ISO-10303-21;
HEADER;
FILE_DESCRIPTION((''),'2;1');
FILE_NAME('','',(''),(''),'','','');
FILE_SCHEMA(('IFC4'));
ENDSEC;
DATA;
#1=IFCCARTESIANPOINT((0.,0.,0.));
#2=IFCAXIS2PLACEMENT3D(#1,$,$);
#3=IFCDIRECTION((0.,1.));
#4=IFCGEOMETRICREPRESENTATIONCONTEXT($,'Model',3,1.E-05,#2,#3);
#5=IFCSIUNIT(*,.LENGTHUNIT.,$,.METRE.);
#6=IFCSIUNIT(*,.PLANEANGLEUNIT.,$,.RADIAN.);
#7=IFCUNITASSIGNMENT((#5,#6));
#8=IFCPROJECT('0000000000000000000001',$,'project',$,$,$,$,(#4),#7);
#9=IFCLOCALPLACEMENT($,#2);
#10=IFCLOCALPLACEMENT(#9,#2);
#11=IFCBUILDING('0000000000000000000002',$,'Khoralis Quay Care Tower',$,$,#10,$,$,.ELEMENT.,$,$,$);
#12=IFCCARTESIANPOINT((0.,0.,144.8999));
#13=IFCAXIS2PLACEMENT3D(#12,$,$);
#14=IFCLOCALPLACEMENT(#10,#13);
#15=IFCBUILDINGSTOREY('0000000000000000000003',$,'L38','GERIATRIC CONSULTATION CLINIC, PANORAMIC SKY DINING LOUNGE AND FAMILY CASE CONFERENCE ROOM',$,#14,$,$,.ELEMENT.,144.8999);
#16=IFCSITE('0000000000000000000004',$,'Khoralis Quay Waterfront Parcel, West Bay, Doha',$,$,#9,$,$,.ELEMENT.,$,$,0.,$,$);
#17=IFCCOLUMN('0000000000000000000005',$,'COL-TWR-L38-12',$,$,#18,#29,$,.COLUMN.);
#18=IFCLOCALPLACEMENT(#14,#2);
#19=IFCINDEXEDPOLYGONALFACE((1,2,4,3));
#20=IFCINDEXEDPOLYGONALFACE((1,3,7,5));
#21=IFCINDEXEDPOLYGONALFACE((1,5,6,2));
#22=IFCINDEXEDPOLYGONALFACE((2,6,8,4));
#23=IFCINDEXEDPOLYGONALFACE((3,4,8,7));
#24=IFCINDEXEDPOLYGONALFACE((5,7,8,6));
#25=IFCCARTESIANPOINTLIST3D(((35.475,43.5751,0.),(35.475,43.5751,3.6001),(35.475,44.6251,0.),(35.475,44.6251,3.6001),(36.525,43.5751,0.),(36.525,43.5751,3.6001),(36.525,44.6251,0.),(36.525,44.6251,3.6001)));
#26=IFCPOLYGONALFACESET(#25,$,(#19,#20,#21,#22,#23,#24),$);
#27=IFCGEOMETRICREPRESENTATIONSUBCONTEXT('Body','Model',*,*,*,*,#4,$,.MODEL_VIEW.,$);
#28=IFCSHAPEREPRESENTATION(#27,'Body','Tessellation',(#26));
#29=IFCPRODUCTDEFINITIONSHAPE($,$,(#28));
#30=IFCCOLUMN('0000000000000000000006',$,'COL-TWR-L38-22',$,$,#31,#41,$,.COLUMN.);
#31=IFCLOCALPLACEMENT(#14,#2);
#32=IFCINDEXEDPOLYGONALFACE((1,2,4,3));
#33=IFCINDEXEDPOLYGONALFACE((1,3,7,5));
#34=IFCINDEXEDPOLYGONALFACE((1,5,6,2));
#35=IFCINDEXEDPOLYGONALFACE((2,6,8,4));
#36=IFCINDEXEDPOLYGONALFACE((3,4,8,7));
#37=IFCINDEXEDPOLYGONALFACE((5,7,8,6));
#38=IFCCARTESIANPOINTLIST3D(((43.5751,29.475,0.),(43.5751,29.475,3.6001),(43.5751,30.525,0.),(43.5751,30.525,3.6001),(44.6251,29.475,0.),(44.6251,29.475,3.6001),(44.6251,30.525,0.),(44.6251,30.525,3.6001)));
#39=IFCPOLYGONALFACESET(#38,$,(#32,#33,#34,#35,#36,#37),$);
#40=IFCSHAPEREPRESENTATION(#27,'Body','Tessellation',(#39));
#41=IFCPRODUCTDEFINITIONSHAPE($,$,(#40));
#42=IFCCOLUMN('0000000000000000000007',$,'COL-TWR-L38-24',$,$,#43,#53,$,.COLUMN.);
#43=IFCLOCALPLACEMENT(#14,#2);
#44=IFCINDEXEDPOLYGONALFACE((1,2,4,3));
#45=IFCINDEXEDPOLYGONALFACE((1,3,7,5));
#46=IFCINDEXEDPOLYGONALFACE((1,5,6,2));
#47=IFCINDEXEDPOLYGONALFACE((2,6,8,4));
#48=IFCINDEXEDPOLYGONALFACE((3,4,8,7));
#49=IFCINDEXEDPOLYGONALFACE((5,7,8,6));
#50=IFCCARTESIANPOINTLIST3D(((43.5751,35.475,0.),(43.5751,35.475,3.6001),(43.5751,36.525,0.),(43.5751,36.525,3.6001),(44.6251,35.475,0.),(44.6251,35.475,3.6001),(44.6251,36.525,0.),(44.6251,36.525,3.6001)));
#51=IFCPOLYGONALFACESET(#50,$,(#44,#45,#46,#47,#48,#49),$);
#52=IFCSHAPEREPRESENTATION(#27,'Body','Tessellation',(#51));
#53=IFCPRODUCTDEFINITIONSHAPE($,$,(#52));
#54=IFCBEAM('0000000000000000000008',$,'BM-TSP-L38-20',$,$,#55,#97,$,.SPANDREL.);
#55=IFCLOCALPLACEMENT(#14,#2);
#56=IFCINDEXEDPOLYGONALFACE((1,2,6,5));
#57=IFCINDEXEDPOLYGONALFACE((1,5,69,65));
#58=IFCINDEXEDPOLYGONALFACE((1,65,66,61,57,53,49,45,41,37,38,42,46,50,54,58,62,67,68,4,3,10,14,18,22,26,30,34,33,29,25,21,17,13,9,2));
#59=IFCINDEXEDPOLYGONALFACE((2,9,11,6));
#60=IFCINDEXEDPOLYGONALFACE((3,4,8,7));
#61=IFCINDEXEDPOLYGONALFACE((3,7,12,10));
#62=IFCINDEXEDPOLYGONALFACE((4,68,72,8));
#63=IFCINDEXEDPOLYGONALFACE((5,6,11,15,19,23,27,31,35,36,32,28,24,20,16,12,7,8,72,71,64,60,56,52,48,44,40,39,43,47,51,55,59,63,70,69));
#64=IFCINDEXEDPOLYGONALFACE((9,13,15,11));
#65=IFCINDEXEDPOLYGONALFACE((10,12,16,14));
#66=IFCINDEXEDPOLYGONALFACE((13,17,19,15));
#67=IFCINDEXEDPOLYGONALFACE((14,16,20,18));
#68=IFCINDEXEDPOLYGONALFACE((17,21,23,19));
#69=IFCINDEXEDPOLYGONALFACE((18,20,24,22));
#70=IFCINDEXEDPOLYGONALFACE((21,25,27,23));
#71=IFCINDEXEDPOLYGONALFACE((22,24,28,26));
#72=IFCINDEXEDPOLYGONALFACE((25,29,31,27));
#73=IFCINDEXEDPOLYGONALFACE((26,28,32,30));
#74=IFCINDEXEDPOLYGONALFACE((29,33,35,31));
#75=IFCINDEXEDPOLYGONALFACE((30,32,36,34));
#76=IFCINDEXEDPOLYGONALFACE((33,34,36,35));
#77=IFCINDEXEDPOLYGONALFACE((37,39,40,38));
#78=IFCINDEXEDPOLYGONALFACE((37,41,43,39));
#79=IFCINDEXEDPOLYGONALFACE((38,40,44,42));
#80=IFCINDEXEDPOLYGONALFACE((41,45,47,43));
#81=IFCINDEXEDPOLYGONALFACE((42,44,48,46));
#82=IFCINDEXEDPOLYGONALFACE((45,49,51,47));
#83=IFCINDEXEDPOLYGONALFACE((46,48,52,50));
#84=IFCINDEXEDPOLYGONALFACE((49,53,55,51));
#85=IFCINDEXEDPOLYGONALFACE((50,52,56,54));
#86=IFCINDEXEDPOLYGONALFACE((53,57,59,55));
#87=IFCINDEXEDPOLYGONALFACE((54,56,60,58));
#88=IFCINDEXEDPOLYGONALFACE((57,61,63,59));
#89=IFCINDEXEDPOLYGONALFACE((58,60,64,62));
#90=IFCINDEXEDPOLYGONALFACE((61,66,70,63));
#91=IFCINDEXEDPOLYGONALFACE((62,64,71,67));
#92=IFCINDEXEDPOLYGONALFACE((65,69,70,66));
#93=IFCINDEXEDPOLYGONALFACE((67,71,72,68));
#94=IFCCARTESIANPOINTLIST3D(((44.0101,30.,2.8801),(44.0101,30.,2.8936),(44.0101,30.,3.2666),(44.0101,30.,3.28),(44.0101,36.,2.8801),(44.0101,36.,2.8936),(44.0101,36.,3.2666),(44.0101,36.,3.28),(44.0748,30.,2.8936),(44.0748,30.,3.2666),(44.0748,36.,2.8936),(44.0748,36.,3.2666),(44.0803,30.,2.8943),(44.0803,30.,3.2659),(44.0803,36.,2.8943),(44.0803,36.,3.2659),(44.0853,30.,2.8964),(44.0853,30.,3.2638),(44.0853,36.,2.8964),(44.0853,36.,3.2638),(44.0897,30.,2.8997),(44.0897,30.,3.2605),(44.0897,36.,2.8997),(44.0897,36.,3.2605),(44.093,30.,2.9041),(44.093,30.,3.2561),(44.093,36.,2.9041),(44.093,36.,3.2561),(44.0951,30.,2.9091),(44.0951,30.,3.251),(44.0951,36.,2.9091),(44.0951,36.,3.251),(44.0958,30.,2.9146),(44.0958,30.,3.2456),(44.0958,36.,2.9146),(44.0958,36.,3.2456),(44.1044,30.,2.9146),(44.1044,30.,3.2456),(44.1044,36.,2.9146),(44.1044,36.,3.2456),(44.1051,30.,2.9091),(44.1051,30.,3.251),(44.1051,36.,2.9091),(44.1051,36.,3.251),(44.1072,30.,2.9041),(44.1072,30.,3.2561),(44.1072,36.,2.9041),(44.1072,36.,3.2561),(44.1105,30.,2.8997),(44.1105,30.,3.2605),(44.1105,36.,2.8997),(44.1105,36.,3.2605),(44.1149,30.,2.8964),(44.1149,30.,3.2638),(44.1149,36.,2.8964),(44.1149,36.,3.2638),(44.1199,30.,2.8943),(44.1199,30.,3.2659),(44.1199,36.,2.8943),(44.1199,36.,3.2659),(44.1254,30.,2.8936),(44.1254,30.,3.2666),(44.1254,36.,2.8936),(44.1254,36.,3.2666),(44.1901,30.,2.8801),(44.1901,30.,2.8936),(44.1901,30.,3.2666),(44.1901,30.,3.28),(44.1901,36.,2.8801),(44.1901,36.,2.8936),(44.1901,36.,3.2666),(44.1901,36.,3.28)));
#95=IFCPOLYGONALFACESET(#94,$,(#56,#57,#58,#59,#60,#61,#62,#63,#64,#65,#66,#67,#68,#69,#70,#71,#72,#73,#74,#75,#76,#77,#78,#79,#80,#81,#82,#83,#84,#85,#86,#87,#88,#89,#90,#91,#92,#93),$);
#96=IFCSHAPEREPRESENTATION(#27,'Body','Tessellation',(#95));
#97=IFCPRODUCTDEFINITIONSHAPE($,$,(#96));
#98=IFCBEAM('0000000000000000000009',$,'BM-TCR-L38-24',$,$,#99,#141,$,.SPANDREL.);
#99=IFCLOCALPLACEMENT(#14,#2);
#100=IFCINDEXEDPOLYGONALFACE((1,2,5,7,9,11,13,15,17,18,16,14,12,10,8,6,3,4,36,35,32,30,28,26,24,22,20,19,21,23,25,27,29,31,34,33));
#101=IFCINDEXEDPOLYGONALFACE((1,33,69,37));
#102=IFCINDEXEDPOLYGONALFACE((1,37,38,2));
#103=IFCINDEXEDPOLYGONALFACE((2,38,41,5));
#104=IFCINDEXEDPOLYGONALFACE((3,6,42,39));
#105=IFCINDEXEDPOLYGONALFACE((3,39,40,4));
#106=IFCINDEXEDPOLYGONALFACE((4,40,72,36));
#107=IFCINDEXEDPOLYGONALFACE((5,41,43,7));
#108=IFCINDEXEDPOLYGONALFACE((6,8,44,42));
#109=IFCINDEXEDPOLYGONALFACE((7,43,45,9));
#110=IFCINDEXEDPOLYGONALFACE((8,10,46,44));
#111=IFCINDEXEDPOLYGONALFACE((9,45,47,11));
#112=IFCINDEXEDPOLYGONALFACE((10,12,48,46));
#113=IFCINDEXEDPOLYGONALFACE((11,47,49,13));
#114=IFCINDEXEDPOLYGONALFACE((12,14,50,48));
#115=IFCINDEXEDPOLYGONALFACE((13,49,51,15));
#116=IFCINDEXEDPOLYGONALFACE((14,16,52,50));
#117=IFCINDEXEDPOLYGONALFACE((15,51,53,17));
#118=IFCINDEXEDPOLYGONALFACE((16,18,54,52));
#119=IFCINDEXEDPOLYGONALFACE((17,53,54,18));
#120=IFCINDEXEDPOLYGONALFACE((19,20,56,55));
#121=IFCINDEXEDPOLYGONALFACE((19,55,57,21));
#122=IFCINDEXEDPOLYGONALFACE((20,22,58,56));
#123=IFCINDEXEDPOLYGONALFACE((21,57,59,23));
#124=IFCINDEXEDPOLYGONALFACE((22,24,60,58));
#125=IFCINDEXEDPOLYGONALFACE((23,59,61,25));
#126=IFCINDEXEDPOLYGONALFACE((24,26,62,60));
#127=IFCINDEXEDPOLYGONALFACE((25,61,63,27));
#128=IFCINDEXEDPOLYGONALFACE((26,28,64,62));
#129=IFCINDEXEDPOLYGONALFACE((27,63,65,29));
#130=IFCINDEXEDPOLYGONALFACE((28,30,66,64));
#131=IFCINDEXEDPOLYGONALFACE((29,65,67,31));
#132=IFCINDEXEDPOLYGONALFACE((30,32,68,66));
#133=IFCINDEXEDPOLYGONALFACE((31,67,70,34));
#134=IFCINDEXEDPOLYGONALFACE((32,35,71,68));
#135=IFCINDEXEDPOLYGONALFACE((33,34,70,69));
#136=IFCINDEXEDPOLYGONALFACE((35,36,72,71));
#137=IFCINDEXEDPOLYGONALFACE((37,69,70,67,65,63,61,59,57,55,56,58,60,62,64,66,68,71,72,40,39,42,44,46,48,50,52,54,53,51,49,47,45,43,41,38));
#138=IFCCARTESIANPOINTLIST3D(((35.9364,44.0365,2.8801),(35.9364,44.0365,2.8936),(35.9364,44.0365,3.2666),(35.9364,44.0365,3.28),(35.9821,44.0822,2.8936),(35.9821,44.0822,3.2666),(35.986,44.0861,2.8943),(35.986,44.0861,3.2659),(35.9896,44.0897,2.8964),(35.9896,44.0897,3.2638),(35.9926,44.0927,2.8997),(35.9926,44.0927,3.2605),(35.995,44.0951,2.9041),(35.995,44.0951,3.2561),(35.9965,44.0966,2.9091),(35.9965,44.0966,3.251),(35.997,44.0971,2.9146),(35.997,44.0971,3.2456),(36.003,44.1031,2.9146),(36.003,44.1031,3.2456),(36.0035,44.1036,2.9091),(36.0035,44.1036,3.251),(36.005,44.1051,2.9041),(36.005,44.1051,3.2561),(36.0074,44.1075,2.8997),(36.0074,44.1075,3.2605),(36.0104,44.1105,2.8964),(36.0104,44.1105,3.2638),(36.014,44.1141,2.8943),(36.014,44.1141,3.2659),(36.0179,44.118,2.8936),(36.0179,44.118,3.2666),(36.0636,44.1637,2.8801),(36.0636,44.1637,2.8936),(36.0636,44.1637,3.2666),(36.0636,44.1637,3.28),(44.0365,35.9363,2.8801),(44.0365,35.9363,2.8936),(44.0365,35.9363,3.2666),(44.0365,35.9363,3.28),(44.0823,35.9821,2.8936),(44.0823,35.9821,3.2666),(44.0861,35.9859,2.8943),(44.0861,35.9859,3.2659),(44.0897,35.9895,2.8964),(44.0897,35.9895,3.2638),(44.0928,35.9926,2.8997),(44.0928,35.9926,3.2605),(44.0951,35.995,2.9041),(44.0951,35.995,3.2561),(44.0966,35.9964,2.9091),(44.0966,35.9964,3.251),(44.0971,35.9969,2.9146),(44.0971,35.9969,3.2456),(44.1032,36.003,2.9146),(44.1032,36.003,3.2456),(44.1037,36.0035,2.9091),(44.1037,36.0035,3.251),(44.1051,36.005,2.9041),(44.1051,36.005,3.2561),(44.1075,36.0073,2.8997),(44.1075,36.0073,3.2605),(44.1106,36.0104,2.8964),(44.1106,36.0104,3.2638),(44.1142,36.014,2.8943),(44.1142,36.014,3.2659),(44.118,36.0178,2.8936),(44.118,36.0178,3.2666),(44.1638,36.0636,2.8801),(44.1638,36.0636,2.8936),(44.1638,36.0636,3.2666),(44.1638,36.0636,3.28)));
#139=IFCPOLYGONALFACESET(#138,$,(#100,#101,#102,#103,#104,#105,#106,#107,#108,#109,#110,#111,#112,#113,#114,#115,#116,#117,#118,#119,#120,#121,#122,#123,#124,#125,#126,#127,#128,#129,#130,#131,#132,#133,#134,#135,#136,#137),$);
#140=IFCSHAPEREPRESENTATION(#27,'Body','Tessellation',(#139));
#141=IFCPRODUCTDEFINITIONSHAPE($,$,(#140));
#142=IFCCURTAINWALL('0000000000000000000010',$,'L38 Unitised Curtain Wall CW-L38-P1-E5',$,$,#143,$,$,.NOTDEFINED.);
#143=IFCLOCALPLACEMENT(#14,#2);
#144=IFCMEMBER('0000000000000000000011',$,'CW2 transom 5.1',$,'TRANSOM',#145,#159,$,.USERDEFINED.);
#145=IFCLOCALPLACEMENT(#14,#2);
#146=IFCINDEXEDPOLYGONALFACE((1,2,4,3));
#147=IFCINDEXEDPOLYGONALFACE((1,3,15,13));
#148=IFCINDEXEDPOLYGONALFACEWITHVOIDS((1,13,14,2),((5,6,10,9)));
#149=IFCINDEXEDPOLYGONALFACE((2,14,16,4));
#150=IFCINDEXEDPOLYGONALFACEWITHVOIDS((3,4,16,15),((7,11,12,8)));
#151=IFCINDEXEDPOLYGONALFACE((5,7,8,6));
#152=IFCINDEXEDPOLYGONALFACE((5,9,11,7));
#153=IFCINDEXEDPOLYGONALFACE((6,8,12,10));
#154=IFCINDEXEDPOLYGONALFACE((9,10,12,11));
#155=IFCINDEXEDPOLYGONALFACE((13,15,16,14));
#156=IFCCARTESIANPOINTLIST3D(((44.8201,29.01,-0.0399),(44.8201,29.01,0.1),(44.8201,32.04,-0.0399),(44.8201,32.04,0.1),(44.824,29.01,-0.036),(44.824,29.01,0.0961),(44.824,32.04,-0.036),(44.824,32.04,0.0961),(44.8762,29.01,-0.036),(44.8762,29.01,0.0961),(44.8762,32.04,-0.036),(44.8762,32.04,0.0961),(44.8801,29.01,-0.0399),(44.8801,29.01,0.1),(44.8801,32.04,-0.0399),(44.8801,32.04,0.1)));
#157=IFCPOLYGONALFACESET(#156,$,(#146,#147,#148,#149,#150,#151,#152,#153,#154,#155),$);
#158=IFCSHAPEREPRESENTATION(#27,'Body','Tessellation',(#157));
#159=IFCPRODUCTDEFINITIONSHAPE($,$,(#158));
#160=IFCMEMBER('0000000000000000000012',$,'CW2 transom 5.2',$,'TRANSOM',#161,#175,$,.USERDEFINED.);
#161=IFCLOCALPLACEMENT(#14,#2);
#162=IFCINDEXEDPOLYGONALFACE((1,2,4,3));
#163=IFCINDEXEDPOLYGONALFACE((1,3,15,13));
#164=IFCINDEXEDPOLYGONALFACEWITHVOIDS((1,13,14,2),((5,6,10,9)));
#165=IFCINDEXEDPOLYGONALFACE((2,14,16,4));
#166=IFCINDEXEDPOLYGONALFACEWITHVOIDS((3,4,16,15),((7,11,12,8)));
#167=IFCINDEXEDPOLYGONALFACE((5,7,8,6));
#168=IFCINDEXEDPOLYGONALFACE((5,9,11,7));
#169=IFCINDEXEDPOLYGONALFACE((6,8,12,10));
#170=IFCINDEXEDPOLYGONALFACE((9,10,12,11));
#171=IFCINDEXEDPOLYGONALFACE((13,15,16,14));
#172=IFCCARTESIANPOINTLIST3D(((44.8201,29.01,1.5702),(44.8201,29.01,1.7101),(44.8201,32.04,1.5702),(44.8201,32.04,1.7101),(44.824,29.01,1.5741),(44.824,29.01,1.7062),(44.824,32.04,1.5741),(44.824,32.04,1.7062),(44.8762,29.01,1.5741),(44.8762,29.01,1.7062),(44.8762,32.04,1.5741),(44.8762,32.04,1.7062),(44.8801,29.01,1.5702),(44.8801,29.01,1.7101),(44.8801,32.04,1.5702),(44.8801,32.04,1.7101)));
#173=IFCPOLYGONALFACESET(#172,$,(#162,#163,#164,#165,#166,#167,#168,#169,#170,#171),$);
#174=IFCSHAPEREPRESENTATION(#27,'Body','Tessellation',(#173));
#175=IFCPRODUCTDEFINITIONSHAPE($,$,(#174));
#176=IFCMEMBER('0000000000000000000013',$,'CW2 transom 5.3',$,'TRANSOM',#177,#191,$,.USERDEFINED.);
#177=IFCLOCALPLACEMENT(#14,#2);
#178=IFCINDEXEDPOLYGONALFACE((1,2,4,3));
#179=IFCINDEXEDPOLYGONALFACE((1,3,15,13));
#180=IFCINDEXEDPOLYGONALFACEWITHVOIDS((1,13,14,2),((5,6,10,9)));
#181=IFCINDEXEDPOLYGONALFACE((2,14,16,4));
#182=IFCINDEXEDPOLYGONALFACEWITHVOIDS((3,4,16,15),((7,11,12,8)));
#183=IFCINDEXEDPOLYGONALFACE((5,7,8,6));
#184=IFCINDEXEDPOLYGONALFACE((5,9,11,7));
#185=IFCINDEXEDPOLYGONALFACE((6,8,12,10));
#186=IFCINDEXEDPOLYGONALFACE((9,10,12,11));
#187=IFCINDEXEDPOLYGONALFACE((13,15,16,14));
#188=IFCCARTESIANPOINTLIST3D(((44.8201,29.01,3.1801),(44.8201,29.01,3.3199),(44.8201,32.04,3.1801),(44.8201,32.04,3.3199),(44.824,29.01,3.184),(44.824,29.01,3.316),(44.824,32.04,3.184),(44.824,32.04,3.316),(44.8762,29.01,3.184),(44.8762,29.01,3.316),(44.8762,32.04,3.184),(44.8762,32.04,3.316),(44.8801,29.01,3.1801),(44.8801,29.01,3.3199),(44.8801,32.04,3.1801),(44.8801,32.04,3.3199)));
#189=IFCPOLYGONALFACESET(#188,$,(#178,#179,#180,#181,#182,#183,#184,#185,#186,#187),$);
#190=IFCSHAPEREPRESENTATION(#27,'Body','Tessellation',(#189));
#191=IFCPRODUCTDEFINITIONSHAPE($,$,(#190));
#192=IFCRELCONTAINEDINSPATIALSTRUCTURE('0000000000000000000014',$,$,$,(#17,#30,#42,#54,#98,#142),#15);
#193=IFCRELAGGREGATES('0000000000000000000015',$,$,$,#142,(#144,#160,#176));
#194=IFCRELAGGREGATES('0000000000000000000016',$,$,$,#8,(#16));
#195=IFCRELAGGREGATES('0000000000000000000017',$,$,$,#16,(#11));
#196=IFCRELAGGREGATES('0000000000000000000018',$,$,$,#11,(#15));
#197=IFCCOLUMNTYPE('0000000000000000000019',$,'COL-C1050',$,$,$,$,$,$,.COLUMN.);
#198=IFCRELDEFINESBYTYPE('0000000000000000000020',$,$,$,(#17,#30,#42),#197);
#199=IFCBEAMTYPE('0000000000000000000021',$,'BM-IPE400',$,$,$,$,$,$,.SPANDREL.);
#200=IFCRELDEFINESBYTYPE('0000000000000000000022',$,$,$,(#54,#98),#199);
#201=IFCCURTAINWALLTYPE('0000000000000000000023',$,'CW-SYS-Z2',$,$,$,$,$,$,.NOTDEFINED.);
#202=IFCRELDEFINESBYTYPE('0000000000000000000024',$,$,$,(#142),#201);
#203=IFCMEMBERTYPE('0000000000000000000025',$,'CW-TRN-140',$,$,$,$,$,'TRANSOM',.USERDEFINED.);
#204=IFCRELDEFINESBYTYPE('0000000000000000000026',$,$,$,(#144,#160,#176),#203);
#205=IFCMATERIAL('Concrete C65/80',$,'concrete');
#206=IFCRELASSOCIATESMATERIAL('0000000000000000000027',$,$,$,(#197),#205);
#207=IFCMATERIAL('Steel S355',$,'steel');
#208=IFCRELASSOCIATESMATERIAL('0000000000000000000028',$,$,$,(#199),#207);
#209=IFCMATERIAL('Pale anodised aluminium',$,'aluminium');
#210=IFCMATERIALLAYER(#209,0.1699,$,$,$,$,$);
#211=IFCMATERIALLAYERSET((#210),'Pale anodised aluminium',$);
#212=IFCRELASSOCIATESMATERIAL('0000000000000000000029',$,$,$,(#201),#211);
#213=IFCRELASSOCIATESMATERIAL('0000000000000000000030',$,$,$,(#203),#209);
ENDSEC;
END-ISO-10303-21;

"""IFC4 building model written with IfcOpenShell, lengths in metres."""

from ifc_helpers import new_model, si_unit, direction, frame, origin, origin_2d, place, context, subcontext, project, spatial, rectangle, hollow_rectangle, i_section, extrude, source, transform, mapped, material, layer, layer_set, material_profile, profile_set, type_object, element, aggregate, save


model = new_model("IFC4")

# Units and contexts
model_context = context("Model", 3, precision=1e-05, world=origin(), true_north=direction((0.0, 1.0)))
body_context = subcontext(model_context, "Body", "Model", "MODEL_VIEW")
ifc_project = project(units=[si_unit("LENGTHUNIT", "METRE"), si_unit("PLANEANGLEUNIT", "RADIAN")], contexts=[model_context])

# Site, building, storey
site_placement = place(None, origin())
site = spatial("IfcSite", under=ifc_project, at=site_placement, Name="Khoralis Quay Waterfront Parcel, West Bay, Doha", CompositionType="ELEMENT", RefElevation=0.0)
building_placement = place(site_placement, origin())
building = spatial("IfcBuilding", under=site, at=building_placement, Name="Khoralis Quay Care Tower", CompositionType="ELEMENT")
storey_placement = place(building_placement, frame((0.0, 0.0, 144.8999)))
storey = spatial("IfcBuildingStorey", under=building, at=storey_placement, Name="L38", Description="GERIATRIC CONSULTATION CLINIC, PANORAMIC SKY DINING LOUNGE AND FAMILY CASE CONFERENCE ROOM", CompositionType="ELEMENT", Elevation=144.8999)

# Columns
ifc_material_1 = material(Name="Concrete C65/80", Category="concrete")
ifc_material_profile_1 = material_profile(ifc_material_1, rectangle(XDim=1.05, YDim=1.05, at=origin_2d()), Name="Concrete C65/80")
ifc_profile_set_1 = profile_set([ifc_material_profile_1], Name="Concrete C65/80")
column_type = type_object("IfcColumnType", Name="COL-C1050", PredefinedType="COLUMN", material=ifc_profile_set_1)
shared_shape_1 = source(origin(), body_context, "Body", "SweptSolid", [
    extrude(rectangle(XDim=1.05, YDim=1.05, at=origin_2d()), origin(), (0.0, 0.0, 1.0), 3.6001),
])
for number, where, z_axis, x_axis, name in (
    (1, (36.0, 44.1001, 0.0), (0.0, 0.0, 1.0), (1.0, 0.0, 0.0), "COL-TWR-L38-12"),
    (2, (44.1001, 30.0, 0.0), (0.0, 0.0, 1.0), (1.0, 0.0, 0.0), "COL-TWR-L38-22"),
    (3, (44.1001, 36.0, 0.0), (0.0, 0.0, 1.0), (1.0, 0.0, 0.0), "COL-TWR-L38-24"),
):
    element("IfcColumn", number, at=place(storey_placement, frame(where, z_axis=z_axis, x_axis=x_axis)), inside=storey, type_object=column_type, Name=name, PredefinedType="COLUMN", context=body_context, shape_type="MappedRepresentation", body=[
        mapped(shared_shape_1, transform((0.0, 0.0, 0.0), scale=1.0)),
    ])

# Beams
ifc_material_2 = material(Name="Steel S355", Category="steel")
ifc_material_profile_2 = material_profile(ifc_material_2, i_section(OverallWidth=0.1799, OverallDepth=0.3999, WebThickness=0.0085, FlangeThickness=0.0134, FilletRadius=0.021, at=origin_2d()), Name="Steel S355")
ifc_profile_set_2 = profile_set([ifc_material_profile_2], Name="Steel S355")
beam_type = type_object("IfcBeamType", Name="BM-IPE400", PredefinedType="SPANDREL", material=ifc_profile_set_2)
shared_shape_2 = source(origin(), body_context, "Body", "SweptSolid", [
    extrude(i_section(OverallWidth=0.1799, OverallDepth=0.3999, WebThickness=0.0085, FlangeThickness=0.0134, FilletRadius=0.021, at=origin_2d()), origin(), (0.0, 0.0, 1.0), 6.0),
])
beam_1_placement = place(storey_placement, frame((44.1001, 30.0, 3.0801), z_axis=(0.0, 1.0, 0.0), x_axis=(-1.0, 0.0, 0.0)))
element("IfcBeam", 4, at=beam_1_placement, inside=storey, type_object=beam_type, Name="BM-TSP-L38-20", PredefinedType="SPANDREL", context=body_context, shape_type="MappedRepresentation", body=[
    mapped(shared_shape_2, transform((0.0, 0.0, 0.0), scale=1.0)),
])
shared_shape_3 = source(origin(), body_context, "Body", "SweptSolid", [
    extrude(i_section(OverallWidth=0.1799, OverallDepth=0.3999, WebThickness=0.0085, FlangeThickness=0.0134, FilletRadius=0.021, at=origin_2d()), origin(), (0.0, 0.0, 1.0), 11.4553),
])
beam_2_placement = place(storey_placement, frame((36.0, 44.1001, 3.0801), z_axis=(0.707107, -0.707107, 0.0), x_axis=(0.707107, 0.707107, 0.0)))
element("IfcBeam", 5, at=beam_2_placement, inside=storey, type_object=beam_type, Name="BM-TCR-L38-24", PredefinedType="SPANDREL", context=body_context, shape_type="MappedRepresentation", body=[
    mapped(shared_shape_3, transform((0.0, 0.0, 0.0), scale=1.0)),
])

# Curtain wall, members
ifc_material_3 = material(Name="Pale anodised aluminium", Category="aluminium")
ifc_layer_1 = layer(ifc_material_3, 0.1699)
ifc_layer_set_1 = layer_set([ifc_layer_1], Name="Pale anodised aluminium")
curtain_wall_type = type_object("IfcCurtainWallType", Name="CW-SYS-Z2", PredefinedType="NOTDEFINED", material=ifc_layer_set_1)
curtain_wall_placement = place(storey_placement, origin())
curtain_wall = element("IfcCurtainWall", 6, at=curtain_wall_placement, inside=storey, type_object=curtain_wall_type, Name="L38 Unitised Curtain Wall CW-L38-P1-E5", PredefinedType="NOTDEFINED")
ifc_material_profile_3 = material_profile(ifc_material_3, hollow_rectangle(XDim=0.0601, YDim=0.1399, WallThickness=0.0039, at=origin_2d()), Name="Pale anodised aluminium")
ifc_profile_set_3 = profile_set([ifc_material_profile_3], Name="Pale anodised aluminium")
member_type_1 = type_object("IfcMemberType", Name="CW-TRN-140", ElementType="TRANSOM", PredefinedType="USERDEFINED", material=ifc_profile_set_3)
shared_shape_4 = source(origin(), body_context, "Body", "SweptSolid", [
    extrude(hollow_rectangle(XDim=0.0601, YDim=0.1399, WallThickness=0.0039, at=origin_2d()), origin(), (0.0, 0.0, 1.0), 3.03),
])
member_1_placement = place(storey_placement, frame((44.8501, 29.01, 0.03), z_axis=(0.0, 1.0, 0.0), x_axis=(-1.0, 0.0, 0.0)))
member_1 = element("IfcMember", 7, at=member_1_placement, type_object=member_type_1, Name="CW2 transom 5.1", ObjectType="TRANSOM", PredefinedType="USERDEFINED", context=body_context, shape_type="MappedRepresentation", body=[
    mapped(shared_shape_4, transform((0.0, 0.0, 0.0), scale=1.0)),
])
member_2_placement = place(storey_placement, frame((44.8501, 29.01, 1.6401), z_axis=(0.0, 1.0, 0.0), x_axis=(-1.0, 0.0, 0.0)))
member_2 = element("IfcMember", 8, at=member_2_placement, type_object=member_type_1, Name="CW2 transom 5.2", ObjectType="TRANSOM", PredefinedType="USERDEFINED", context=body_context, shape_type="MappedRepresentation", body=[
    mapped(shared_shape_4, transform((0.0, 0.0, 0.0), scale=1.0)),
])
member_3_placement = place(storey_placement, frame((44.8501, 29.01, 3.25), z_axis=(0.0, 1.0, 0.0), x_axis=(-1.0, 0.0, 0.0)))
member_3 = element("IfcMember", 9, at=member_3_placement, type_object=member_type_1, Name="CW2 transom 5.3", ObjectType="TRANSOM", PredefinedType="USERDEFINED", context=body_context, shape_type="MappedRepresentation", body=[
    mapped(shared_shape_4, transform((0.0, 0.0, 0.0), scale=1.0)),
])
aggregate(curtain_wall, [member_1, member_2, member_3])

save(model, "model.ifc")
